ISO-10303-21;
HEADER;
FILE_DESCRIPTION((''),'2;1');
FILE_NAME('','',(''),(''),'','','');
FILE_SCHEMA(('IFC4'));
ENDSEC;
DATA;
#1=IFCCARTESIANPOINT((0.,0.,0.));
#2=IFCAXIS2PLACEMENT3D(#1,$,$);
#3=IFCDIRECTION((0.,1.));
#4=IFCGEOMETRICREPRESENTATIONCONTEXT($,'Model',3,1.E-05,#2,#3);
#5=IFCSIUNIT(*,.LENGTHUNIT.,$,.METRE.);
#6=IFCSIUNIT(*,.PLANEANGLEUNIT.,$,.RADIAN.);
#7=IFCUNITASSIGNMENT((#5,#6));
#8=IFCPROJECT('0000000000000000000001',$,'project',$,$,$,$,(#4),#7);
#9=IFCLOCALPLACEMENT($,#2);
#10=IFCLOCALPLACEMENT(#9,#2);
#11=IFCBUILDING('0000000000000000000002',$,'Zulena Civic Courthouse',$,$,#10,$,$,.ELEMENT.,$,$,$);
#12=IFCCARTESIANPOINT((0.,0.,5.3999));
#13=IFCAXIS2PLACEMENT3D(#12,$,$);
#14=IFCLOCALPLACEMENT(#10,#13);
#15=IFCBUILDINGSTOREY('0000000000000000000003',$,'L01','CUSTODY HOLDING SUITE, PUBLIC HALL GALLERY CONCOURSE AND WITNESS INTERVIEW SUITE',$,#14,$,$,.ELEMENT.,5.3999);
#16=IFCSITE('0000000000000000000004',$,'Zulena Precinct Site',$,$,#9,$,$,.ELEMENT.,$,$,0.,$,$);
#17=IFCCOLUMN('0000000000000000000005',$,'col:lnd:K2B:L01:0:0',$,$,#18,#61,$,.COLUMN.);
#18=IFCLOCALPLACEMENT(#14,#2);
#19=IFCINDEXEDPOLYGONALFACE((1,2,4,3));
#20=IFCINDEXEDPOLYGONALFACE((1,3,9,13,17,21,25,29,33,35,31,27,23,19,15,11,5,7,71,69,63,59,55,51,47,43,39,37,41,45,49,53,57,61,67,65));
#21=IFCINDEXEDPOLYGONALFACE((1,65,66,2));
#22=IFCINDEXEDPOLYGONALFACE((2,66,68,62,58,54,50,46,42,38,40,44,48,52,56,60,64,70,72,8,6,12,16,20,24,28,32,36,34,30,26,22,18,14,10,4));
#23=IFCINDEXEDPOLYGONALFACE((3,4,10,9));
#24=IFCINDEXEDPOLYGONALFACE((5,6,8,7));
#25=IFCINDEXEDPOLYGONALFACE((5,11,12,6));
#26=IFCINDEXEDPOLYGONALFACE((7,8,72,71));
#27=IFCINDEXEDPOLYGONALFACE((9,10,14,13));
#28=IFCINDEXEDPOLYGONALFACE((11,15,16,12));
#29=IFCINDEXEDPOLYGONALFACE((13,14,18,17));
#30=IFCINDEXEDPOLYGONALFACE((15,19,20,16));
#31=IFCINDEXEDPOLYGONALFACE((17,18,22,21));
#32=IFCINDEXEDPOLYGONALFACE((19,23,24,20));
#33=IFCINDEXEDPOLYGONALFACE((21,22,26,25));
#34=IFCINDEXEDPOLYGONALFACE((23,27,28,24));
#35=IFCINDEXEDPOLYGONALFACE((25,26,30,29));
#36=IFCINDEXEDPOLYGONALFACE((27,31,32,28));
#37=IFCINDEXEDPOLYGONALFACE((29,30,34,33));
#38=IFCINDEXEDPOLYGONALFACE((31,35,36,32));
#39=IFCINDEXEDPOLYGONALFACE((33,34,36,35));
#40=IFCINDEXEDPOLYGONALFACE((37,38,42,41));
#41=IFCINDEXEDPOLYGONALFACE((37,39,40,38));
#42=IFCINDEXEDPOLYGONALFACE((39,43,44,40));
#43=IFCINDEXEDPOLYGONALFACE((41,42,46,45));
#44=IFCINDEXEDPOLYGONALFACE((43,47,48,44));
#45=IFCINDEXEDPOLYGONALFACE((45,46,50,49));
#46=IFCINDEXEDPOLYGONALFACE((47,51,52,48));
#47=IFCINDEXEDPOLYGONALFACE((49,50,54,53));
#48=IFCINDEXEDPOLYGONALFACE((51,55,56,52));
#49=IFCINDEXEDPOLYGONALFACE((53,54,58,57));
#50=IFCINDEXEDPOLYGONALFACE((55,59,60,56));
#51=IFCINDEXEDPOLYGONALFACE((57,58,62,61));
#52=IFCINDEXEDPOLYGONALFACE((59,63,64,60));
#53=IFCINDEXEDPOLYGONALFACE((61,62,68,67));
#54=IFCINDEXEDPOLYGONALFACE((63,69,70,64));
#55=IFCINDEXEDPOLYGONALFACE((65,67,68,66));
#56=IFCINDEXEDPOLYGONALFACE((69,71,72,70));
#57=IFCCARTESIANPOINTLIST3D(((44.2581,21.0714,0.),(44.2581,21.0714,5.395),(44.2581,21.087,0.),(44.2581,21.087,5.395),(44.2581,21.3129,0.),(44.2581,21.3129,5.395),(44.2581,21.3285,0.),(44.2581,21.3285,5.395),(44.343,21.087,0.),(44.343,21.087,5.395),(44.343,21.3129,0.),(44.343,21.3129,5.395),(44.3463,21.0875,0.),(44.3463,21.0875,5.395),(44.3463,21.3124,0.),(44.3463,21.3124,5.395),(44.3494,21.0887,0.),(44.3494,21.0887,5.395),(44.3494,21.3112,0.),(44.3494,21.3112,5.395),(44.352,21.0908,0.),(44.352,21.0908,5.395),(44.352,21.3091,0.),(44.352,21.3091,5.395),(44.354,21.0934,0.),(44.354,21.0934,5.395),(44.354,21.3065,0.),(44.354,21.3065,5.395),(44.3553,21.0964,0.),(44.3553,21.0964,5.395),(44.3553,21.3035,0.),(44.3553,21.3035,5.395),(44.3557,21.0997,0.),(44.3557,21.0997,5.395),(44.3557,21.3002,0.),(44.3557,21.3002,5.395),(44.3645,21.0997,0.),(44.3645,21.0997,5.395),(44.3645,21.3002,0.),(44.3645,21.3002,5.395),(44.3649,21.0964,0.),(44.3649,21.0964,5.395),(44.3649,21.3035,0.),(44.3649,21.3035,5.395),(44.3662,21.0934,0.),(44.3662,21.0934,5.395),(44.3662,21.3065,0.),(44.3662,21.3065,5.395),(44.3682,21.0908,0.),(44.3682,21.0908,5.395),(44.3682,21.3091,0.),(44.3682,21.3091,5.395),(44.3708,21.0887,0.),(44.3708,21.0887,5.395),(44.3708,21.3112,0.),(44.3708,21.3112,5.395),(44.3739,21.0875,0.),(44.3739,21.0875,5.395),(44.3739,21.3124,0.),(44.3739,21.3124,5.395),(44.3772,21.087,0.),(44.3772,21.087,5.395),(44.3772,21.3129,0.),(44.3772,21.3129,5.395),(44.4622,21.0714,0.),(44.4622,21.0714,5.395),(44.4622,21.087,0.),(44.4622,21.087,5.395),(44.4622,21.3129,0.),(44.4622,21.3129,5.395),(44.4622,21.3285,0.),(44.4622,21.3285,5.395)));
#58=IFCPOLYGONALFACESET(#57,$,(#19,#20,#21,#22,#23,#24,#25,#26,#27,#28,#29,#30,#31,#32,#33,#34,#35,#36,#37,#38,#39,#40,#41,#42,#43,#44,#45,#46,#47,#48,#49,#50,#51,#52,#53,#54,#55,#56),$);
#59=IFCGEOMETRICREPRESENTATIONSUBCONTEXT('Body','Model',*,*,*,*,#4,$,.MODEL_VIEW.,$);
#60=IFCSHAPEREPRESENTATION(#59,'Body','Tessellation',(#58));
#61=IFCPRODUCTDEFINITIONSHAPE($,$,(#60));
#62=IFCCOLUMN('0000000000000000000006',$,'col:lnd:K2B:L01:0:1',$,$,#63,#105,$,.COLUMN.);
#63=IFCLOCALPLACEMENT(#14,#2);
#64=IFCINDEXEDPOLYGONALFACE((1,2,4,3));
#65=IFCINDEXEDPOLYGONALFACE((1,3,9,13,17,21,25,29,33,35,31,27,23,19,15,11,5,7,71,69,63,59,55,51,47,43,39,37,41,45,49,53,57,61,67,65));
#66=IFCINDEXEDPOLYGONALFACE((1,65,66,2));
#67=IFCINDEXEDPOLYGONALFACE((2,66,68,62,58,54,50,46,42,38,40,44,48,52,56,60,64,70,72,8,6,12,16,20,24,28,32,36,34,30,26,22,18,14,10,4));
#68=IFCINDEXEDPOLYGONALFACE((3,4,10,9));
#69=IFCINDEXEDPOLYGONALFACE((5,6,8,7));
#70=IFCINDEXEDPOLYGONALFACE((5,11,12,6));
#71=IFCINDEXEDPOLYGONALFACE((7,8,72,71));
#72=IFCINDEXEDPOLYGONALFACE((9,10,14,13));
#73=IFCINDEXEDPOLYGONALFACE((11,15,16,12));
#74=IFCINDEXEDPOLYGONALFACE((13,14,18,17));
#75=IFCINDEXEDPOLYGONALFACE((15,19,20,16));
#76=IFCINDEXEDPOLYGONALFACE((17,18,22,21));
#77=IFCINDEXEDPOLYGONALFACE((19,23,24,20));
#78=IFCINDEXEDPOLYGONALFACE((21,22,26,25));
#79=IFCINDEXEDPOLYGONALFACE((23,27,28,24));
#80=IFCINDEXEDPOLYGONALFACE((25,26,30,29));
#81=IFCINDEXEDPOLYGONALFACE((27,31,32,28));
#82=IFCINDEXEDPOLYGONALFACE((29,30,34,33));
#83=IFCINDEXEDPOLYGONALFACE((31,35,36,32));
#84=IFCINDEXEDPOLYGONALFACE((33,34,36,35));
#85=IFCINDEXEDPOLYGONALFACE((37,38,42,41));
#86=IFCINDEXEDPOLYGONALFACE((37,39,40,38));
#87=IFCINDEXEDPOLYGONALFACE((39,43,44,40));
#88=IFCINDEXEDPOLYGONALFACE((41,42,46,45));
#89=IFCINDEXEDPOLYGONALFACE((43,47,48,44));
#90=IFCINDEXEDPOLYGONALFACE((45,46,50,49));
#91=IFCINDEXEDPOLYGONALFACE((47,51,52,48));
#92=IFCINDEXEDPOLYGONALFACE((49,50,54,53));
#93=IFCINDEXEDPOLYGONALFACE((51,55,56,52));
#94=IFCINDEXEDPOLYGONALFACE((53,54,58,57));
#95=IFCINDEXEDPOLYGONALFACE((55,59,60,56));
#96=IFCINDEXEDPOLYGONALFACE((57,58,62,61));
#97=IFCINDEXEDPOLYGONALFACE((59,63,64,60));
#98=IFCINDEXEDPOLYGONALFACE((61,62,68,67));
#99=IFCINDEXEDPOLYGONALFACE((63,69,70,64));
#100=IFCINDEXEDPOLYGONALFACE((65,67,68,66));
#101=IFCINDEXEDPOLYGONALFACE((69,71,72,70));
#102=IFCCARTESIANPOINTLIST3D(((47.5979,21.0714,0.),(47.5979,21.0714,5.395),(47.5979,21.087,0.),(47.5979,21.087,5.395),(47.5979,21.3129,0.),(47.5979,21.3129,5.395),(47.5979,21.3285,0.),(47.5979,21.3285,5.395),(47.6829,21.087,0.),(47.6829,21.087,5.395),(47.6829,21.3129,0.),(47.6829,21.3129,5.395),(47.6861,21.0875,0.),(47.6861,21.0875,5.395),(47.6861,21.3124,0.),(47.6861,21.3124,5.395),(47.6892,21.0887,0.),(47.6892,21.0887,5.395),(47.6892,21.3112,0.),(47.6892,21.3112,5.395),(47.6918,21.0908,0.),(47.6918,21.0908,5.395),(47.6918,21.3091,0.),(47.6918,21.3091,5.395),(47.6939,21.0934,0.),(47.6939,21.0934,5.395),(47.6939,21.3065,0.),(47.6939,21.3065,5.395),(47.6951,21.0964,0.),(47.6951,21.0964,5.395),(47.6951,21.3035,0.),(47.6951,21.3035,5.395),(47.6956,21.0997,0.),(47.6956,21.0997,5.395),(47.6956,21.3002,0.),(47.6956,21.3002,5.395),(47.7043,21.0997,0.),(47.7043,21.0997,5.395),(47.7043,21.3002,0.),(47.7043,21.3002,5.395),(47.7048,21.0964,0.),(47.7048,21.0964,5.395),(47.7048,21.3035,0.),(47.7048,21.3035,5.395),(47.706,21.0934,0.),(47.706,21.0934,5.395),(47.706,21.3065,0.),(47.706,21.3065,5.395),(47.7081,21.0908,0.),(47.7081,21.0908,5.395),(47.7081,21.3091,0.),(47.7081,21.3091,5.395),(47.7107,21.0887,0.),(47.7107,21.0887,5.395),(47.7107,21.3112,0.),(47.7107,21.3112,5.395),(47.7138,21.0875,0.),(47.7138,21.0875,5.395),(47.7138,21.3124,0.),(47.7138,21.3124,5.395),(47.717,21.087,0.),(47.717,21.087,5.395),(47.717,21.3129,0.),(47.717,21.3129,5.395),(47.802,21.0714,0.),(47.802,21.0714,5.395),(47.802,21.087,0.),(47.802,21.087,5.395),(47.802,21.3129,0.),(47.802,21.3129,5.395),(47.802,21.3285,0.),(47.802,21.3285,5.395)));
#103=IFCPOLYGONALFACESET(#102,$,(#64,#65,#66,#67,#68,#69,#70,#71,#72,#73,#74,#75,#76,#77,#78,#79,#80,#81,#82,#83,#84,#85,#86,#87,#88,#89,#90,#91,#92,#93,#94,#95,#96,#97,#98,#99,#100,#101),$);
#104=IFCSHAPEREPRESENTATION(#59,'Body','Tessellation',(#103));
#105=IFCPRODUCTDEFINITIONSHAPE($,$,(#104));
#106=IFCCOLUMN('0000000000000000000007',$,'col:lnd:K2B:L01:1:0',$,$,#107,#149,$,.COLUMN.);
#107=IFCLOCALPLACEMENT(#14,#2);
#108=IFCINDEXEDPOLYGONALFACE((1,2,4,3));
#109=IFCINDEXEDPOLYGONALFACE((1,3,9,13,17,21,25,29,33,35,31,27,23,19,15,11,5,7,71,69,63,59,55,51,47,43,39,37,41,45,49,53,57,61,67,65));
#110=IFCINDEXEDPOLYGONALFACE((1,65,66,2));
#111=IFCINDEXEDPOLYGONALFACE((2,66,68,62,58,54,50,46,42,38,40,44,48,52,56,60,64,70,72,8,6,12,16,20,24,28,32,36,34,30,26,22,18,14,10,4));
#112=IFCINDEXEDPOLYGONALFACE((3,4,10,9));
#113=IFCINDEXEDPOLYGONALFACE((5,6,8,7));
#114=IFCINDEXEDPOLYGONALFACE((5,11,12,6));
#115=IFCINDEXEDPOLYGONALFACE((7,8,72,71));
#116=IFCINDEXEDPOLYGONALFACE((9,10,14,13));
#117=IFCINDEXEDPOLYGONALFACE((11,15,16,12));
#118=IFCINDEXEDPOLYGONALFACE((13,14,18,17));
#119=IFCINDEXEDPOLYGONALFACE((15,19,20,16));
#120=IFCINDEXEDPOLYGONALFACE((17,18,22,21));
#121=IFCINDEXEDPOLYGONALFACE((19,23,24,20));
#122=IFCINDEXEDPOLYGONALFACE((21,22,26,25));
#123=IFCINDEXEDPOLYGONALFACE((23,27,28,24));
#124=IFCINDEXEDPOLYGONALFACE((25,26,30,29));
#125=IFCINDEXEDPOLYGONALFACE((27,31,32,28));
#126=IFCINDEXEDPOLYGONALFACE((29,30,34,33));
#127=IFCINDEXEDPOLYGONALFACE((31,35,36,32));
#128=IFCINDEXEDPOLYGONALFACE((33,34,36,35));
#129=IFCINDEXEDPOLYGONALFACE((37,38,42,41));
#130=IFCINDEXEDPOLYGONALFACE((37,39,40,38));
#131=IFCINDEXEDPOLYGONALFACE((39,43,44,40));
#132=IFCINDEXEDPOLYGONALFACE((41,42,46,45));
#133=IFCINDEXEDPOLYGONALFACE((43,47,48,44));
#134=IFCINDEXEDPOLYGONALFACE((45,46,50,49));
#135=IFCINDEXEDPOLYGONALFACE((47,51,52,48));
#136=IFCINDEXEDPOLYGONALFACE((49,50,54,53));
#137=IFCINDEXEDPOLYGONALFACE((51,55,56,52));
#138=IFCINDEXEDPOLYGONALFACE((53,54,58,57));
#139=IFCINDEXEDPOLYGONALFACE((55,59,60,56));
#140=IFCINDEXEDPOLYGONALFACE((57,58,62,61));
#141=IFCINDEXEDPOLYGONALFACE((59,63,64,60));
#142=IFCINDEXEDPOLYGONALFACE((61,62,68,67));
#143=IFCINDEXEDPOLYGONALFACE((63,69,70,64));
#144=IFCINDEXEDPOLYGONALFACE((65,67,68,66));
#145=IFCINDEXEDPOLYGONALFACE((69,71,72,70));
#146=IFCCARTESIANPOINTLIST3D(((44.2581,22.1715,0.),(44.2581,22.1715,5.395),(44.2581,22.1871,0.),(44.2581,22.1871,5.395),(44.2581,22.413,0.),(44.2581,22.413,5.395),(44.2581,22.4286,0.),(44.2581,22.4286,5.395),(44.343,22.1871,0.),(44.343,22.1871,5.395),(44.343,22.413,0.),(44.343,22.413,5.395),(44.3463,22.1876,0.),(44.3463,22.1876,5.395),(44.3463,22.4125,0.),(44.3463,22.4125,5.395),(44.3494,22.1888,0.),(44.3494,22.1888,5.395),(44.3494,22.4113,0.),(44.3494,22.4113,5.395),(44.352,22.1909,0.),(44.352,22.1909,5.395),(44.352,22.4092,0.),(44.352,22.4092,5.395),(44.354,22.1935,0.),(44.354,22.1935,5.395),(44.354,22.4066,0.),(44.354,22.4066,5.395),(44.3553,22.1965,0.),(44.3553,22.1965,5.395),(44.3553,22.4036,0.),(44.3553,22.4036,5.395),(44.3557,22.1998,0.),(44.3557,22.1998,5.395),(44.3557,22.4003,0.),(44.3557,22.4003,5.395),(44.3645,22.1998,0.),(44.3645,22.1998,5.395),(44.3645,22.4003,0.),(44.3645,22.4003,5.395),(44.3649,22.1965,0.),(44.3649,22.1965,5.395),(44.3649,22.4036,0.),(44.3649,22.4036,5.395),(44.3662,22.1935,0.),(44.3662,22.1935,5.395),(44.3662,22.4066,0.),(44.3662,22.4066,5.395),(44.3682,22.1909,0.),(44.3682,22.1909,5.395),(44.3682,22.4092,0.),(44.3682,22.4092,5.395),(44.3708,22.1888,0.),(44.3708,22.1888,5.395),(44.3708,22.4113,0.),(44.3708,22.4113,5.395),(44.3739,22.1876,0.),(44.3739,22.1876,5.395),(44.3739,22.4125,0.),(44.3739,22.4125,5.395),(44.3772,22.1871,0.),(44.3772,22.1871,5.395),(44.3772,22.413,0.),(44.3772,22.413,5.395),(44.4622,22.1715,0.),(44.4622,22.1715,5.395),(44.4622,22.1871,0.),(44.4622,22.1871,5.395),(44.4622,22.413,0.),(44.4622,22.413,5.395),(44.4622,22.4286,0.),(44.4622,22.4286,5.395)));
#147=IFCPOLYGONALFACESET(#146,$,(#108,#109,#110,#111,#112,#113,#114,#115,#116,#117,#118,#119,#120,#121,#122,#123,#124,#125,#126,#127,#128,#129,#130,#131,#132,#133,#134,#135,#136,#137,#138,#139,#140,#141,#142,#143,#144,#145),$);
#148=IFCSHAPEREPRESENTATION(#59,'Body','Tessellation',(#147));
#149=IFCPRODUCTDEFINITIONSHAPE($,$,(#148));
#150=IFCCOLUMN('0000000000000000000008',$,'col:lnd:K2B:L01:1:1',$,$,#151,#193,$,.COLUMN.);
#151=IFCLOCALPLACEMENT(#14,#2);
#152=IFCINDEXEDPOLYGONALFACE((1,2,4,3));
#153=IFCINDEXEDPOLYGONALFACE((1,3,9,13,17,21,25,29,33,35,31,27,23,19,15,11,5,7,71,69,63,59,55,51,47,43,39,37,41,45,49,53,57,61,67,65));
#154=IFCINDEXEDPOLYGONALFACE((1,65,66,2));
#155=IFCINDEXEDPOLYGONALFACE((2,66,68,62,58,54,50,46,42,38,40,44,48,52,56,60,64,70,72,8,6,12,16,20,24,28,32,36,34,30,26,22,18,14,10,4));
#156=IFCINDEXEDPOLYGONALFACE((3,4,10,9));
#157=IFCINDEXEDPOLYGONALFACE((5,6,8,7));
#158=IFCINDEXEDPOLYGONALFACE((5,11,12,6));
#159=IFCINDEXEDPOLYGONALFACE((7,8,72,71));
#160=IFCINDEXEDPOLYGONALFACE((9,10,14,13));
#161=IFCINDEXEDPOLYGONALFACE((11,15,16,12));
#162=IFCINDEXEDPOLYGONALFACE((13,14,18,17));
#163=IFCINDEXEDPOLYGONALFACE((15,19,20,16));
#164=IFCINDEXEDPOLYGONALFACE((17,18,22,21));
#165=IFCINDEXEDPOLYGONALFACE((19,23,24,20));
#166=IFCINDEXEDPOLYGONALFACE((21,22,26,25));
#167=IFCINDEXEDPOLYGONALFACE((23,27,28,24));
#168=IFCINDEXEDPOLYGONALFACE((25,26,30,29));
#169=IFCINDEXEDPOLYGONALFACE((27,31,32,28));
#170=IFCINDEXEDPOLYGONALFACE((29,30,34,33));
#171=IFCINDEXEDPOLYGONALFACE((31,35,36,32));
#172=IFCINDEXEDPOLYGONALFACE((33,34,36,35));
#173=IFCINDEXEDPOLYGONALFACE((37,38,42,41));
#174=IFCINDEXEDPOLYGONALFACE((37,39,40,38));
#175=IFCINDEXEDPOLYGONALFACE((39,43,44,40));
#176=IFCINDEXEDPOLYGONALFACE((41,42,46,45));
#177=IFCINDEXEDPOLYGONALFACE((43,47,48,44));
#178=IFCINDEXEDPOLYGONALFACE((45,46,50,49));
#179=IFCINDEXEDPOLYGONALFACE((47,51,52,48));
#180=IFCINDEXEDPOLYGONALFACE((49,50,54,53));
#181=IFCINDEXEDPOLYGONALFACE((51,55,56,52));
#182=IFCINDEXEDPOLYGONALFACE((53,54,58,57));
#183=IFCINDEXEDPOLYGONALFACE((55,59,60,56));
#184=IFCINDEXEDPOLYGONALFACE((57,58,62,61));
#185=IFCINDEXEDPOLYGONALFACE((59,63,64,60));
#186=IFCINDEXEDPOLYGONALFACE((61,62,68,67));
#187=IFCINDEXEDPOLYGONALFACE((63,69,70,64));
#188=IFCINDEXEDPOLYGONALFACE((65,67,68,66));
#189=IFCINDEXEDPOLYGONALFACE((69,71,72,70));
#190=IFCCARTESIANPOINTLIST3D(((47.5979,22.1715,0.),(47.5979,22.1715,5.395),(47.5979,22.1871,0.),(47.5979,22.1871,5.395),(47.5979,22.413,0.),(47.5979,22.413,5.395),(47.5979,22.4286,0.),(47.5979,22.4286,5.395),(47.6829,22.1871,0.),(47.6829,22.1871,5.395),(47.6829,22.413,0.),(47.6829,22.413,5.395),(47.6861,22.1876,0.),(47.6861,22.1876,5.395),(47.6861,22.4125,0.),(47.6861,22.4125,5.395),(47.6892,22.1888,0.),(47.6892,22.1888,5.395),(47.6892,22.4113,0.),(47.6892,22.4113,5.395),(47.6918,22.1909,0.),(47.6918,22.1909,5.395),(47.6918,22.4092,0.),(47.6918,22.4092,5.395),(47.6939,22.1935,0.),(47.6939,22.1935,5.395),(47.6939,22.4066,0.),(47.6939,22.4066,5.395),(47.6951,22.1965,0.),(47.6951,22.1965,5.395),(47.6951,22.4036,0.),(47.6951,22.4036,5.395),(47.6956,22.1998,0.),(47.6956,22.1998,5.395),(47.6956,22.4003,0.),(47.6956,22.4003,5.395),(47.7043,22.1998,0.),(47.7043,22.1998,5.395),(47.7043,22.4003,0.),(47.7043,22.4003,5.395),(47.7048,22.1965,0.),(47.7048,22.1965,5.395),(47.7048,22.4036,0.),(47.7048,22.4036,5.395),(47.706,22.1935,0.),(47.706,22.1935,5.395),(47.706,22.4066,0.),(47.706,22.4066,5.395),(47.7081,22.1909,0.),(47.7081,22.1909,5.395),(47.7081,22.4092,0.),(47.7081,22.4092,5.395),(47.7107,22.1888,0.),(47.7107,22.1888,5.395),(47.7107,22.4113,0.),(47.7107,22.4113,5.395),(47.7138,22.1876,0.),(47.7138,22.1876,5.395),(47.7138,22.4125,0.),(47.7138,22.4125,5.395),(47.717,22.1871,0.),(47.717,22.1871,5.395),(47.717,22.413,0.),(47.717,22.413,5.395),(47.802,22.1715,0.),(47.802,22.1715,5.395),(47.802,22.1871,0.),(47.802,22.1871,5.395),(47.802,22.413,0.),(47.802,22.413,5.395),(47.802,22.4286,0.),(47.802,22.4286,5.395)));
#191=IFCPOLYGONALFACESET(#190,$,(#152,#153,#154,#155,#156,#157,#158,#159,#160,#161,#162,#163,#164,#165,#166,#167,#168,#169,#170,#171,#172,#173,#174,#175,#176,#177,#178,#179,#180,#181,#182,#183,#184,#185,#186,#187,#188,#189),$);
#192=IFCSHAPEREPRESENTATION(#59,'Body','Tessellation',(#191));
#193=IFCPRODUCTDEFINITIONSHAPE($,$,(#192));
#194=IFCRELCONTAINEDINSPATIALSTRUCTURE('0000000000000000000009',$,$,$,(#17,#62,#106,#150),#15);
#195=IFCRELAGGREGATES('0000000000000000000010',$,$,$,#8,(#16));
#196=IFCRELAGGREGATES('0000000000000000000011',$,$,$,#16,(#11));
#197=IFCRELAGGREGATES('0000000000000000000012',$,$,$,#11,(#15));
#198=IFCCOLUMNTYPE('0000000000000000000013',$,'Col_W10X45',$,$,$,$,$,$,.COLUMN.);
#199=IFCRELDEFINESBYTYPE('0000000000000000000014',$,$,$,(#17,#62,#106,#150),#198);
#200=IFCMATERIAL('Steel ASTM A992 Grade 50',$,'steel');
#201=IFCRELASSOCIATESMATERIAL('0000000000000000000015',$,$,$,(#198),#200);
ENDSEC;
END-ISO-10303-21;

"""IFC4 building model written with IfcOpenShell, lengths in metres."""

from ifc_helpers import new_model, si_unit, direction, frame, origin, origin_2d, place, context, subcontext, project, spatial, i_section, extrude, material, material_profile, profile_set, type_object, element, save


model = new_model("IFC4")

# Units and contexts
model_context = context("Model", 3, precision=1e-05, world=origin(), true_north=direction((0.0, 1.0)))
body_context = subcontext(model_context, "Body", "Model", "MODEL_VIEW")
ifc_project = project(units=[si_unit("LENGTHUNIT", "METRE"), si_unit("PLANEANGLEUNIT", "RADIAN")], contexts=[model_context])

# Site, building, storey
site_placement = place(None, origin())
site = spatial("IfcSite", under=ifc_project, at=site_placement, Name="Zulena Precinct Site", CompositionType="ELEMENT", RefElevation=0.0)
building_placement = place(site_placement, origin())
building = spatial("IfcBuilding", under=site, at=building_placement, Name="Zulena Civic Courthouse", CompositionType="ELEMENT")
storey_placement = place(building_placement, frame((0.0, 0.0, 5.3999)))
storey = spatial("IfcBuildingStorey", under=building, at=storey_placement, Name="L01", Description="CUSTODY HOLDING SUITE, PUBLIC HALL GALLERY CONCOURSE AND WITNESS INTERVIEW SUITE", CompositionType="ELEMENT", Elevation=5.3999)

# Columns
ifc_material_1 = material(Name="Steel ASTM A992 Grade 50", Category="steel")
ifc_material_profile_1 = material_profile(ifc_material_1, i_section(OverallWidth=0.2041, OverallDepth=0.2571, WebThickness=0.0088, FlangeThickness=0.0156, FilletRadius=0.0127, at=origin_2d()), Name="W10X45")
ifc_profile_set_1 = profile_set([ifc_material_profile_1], Name="Steel ASTM A992 Grade 50")
column_type_1 = type_object("IfcColumnType", Name="Col_W10X45", PredefinedType="COLUMN", material=ifc_profile_set_1)
for number, where, z_axis, x_axis, name in (
    (1, (44.3601, 21.2, 0.0), (0.0, 0.0, 1.0), (1.0, 0.0, 0.0), "col:lnd:K2B:L01:0:0"),
    (2, (47.7, 21.2, 0.0), (0.0, 0.0, 1.0), (1.0, 0.0, 0.0), "col:lnd:K2B:L01:0:1"),
    (3, (44.3601, 22.3, 0.0), (0.0, 0.0, 1.0), (1.0, 0.0, 0.0), "col:lnd:K2B:L01:1:0"),
    (4, (47.7, 22.3, 0.0), (0.0, 0.0, 1.0), (1.0, 0.0, 0.0), "col:lnd:K2B:L01:1:1"),
):
    element("IfcColumn", number, at=place(storey_placement, frame(where, z_axis=z_axis, x_axis=x_axis)), inside=storey, type_object=column_type_1, Name=name, PredefinedType="COLUMN", context=body_context, shape_type="SweptSolid", body=[
        extrude(i_section(OverallWidth=0.2041, OverallDepth=0.2571, WebThickness=0.0088, FlangeThickness=0.0156, FilletRadius=0.0127, at=origin_2d()), origin(), (0.0, 0.0, 1.0), 5.395),
    ])

save(model, "model.ifc")
